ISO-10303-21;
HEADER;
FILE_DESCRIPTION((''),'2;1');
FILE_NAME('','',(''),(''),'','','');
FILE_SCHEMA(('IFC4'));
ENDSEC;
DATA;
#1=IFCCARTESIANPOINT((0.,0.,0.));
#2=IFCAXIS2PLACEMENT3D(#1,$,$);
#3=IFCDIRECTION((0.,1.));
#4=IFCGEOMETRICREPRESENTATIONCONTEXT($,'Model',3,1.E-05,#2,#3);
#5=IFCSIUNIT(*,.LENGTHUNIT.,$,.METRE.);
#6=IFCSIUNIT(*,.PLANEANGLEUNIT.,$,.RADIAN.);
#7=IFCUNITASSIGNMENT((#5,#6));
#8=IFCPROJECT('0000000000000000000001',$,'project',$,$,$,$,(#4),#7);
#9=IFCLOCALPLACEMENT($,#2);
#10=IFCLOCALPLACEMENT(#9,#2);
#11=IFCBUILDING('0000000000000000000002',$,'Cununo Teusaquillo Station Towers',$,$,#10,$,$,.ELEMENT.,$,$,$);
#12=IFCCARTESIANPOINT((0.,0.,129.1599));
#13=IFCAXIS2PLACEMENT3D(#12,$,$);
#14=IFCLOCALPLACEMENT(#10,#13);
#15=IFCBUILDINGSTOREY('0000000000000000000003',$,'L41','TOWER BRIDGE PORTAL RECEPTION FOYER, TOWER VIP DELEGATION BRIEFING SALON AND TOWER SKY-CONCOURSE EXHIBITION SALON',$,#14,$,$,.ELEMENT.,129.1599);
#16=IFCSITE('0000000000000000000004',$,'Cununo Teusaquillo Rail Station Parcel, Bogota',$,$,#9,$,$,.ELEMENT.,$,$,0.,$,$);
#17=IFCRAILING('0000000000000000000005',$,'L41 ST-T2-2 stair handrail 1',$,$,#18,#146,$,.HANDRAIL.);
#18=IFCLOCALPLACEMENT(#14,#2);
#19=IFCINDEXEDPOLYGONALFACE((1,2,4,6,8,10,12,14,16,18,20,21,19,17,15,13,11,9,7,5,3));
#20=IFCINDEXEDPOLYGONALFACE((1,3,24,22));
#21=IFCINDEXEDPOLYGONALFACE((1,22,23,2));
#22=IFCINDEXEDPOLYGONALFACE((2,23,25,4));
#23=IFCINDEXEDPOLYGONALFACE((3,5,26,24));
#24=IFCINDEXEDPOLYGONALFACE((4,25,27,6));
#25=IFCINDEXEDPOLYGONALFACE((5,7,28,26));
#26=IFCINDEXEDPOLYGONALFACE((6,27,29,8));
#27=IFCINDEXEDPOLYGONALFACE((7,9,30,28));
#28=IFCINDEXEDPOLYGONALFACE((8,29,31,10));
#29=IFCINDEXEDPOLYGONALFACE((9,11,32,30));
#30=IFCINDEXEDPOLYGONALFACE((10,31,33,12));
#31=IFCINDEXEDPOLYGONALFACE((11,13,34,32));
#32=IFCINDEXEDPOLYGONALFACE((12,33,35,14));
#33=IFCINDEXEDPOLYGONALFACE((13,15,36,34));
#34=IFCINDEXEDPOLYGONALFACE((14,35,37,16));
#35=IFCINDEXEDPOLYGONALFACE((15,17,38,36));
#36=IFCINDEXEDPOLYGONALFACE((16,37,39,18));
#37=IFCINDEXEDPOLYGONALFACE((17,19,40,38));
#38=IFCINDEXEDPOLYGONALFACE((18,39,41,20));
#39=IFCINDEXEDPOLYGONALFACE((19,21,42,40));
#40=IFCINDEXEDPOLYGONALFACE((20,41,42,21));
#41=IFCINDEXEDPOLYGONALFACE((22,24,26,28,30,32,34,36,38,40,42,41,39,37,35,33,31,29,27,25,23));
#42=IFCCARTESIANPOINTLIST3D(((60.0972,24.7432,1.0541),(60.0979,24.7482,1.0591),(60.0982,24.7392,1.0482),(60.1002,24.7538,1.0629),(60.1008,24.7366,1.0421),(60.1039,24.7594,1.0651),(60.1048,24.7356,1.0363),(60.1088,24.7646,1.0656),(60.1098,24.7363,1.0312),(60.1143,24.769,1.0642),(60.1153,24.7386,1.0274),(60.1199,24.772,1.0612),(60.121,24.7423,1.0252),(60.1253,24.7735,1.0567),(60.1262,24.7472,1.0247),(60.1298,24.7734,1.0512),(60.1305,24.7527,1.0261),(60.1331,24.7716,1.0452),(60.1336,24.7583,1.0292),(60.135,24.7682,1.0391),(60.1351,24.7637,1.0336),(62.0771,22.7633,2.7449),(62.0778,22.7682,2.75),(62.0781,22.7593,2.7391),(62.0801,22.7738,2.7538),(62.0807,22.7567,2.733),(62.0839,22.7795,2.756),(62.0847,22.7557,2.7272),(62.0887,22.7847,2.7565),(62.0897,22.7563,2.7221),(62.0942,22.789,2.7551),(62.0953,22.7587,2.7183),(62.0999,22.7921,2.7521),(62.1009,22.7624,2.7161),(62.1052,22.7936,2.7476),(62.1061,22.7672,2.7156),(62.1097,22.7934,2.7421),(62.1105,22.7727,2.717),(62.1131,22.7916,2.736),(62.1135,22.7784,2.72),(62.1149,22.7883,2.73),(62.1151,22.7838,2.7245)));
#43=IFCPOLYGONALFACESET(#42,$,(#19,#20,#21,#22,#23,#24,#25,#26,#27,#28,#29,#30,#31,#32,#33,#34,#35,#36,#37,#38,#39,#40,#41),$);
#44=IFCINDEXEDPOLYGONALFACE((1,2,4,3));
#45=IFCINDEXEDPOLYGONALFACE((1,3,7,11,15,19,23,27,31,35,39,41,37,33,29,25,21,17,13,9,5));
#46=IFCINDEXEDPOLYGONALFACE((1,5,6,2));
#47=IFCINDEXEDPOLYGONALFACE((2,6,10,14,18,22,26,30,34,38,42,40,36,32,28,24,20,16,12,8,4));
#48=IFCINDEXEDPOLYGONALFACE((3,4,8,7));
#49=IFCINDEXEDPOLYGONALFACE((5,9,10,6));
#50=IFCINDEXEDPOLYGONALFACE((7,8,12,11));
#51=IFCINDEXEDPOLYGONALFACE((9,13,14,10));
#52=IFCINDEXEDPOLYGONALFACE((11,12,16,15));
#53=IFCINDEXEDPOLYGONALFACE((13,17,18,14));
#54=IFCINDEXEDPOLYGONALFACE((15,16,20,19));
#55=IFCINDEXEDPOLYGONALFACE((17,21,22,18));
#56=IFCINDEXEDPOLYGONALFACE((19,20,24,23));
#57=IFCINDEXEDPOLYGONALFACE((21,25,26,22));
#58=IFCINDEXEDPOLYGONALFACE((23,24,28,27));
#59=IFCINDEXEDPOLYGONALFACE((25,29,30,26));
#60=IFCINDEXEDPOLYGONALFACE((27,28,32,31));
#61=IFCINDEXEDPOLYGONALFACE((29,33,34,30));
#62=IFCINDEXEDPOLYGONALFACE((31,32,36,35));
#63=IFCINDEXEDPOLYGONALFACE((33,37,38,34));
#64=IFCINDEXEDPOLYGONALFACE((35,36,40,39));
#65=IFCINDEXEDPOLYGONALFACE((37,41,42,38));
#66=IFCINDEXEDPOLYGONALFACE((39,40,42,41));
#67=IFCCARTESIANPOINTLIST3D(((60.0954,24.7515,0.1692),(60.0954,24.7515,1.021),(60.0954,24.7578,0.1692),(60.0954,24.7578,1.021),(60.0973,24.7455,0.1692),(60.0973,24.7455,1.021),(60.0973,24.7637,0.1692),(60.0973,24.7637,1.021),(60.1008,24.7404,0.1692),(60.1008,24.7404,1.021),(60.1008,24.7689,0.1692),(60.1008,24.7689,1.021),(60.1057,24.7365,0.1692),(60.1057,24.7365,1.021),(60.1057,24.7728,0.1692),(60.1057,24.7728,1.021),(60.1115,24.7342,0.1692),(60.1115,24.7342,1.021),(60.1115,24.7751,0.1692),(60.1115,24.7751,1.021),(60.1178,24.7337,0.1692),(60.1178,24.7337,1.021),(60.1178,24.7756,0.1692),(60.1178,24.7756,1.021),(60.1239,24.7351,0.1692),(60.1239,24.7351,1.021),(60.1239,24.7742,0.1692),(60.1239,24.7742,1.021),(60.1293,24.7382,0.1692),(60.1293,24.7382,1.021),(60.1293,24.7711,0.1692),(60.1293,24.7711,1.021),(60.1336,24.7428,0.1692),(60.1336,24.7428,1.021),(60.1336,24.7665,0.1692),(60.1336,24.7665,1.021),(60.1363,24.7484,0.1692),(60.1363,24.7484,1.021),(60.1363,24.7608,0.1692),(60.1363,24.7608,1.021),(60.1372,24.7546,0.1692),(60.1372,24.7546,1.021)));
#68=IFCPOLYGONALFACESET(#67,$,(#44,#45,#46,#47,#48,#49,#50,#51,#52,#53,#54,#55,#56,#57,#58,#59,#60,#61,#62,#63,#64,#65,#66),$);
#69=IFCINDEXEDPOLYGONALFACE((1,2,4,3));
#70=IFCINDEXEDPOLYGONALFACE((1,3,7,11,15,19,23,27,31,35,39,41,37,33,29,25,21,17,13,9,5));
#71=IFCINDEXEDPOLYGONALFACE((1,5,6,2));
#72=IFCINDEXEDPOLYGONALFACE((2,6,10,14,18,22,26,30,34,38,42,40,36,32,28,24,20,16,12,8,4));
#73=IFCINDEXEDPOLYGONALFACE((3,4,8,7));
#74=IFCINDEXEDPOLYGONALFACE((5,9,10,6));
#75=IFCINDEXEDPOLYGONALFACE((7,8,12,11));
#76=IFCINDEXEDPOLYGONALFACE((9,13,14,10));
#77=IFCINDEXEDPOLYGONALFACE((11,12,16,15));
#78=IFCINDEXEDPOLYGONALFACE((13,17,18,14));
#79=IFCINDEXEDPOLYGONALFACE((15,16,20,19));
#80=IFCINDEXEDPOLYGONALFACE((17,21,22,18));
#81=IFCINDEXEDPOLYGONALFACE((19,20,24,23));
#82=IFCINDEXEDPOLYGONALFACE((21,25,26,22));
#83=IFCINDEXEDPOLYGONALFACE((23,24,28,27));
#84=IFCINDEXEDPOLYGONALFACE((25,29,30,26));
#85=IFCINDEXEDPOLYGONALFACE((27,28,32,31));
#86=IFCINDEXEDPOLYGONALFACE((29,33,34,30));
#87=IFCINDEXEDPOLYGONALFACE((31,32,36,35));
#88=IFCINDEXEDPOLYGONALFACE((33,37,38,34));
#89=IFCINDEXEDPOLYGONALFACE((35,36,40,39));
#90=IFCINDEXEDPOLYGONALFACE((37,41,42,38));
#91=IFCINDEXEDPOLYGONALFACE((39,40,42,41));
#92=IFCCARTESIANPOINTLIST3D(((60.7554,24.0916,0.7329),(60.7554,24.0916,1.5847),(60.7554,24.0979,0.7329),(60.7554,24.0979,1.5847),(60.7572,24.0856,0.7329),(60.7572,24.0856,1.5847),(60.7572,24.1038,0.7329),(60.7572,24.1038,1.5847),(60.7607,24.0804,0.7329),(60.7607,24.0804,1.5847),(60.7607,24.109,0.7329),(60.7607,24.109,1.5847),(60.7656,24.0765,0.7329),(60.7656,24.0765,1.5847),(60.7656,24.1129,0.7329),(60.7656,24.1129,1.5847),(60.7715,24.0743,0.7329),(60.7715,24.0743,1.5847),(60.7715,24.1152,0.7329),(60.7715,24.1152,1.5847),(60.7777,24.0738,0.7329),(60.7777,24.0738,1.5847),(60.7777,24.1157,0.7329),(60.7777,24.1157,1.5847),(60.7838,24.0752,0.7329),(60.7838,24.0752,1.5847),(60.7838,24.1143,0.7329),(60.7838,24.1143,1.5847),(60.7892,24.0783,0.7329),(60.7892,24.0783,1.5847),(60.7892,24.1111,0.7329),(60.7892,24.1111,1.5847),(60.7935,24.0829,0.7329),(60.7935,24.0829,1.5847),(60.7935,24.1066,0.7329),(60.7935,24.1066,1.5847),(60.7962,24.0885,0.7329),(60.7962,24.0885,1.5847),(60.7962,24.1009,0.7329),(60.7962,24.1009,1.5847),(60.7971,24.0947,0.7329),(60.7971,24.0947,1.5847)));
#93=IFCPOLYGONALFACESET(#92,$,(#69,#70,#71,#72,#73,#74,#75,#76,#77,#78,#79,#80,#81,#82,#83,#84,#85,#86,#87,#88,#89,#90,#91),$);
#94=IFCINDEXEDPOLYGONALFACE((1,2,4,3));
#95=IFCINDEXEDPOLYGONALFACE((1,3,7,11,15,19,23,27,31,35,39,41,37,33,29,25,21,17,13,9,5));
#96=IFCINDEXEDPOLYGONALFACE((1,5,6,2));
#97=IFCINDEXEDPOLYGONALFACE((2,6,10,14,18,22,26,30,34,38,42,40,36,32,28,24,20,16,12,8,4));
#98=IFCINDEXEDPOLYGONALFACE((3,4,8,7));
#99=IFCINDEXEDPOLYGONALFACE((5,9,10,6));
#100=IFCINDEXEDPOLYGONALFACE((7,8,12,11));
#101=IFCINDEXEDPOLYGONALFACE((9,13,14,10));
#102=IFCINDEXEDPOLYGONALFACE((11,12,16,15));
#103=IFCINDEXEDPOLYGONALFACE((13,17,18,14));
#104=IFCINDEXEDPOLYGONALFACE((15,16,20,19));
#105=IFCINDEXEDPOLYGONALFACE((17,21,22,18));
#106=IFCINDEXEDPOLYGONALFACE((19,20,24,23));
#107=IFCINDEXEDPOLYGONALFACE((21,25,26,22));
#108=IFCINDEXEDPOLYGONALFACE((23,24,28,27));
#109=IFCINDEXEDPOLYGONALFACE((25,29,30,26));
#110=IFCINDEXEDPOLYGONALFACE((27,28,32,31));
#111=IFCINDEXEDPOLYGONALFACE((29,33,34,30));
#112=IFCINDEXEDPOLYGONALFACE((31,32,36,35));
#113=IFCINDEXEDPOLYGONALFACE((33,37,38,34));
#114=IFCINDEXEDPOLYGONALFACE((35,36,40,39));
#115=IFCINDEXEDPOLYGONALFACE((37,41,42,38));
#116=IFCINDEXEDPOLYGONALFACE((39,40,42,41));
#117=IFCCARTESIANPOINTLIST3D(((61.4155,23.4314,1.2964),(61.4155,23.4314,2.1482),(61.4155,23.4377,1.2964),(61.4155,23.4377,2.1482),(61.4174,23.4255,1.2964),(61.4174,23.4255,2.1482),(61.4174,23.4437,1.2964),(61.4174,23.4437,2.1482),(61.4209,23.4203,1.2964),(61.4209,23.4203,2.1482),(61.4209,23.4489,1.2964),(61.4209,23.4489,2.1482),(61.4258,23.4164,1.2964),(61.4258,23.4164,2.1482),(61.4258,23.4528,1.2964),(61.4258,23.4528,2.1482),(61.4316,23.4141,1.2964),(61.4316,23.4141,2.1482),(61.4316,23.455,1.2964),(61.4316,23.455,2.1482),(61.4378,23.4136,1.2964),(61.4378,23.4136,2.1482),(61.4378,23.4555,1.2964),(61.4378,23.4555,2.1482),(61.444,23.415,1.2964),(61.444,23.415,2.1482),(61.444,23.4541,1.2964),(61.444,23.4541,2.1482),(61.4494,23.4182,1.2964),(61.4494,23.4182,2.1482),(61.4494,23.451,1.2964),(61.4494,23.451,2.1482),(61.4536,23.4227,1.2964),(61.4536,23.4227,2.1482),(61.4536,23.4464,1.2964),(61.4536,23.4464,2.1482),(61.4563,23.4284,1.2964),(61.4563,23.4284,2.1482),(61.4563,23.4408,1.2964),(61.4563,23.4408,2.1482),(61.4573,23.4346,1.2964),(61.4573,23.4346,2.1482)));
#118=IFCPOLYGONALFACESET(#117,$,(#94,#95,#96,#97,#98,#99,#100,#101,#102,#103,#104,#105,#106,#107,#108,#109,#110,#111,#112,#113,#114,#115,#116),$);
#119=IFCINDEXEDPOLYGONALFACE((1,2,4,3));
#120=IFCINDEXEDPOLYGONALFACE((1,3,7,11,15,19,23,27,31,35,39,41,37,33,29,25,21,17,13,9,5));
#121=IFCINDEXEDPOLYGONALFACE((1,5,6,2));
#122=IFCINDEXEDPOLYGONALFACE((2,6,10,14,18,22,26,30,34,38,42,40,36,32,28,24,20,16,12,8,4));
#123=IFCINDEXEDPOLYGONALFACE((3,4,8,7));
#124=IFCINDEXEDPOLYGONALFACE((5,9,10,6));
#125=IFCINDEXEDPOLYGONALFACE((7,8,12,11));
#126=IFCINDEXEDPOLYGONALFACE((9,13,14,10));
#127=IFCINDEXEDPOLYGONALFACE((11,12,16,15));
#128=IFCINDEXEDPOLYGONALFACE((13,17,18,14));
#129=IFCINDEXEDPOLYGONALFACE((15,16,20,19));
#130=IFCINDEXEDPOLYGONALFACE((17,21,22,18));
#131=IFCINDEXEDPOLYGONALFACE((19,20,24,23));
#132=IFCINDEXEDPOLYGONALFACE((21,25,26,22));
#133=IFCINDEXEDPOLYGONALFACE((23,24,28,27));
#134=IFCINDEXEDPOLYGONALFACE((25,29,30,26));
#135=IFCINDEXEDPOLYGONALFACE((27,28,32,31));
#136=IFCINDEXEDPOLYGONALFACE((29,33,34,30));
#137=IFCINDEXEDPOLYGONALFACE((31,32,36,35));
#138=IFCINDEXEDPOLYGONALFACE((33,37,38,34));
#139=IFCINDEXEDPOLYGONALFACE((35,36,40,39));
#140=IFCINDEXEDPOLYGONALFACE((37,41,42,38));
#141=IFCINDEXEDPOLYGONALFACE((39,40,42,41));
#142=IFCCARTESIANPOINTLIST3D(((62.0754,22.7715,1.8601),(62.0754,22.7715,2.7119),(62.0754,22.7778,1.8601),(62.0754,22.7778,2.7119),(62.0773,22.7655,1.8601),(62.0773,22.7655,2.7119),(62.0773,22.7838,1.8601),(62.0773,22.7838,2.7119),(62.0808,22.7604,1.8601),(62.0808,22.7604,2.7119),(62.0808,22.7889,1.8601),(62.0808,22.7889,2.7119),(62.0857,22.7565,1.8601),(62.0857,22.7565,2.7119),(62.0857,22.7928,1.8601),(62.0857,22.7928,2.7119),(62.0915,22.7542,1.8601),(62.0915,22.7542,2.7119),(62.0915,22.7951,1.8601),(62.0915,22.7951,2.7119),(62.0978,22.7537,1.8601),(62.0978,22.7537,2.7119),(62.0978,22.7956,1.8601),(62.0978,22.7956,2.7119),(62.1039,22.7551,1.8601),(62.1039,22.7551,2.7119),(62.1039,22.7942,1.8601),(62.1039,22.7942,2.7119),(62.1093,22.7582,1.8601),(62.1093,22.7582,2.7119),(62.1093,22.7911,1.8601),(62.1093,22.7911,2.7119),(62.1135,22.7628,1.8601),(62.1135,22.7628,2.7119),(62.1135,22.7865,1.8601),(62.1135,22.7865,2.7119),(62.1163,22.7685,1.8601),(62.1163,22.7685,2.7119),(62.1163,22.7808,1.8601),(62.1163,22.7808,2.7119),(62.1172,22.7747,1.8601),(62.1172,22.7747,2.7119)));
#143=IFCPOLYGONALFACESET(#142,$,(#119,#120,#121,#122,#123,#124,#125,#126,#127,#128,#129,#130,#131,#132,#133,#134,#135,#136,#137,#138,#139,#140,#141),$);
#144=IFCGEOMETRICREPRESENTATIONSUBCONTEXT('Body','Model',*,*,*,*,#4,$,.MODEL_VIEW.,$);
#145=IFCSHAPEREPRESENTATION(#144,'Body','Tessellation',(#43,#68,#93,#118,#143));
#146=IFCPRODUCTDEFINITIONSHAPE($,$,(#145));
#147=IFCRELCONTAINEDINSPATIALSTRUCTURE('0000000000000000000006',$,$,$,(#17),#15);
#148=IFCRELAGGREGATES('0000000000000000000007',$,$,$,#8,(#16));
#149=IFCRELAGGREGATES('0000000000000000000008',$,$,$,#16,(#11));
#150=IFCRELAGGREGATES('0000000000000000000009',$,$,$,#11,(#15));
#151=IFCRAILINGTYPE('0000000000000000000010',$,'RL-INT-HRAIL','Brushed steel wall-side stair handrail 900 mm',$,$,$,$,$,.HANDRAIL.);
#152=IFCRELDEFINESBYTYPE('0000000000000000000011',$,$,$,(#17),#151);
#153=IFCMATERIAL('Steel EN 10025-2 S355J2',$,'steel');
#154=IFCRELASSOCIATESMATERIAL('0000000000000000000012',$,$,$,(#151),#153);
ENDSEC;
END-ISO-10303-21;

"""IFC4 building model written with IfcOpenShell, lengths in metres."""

from ifc_helpers import new_model, si_unit, direction, frame, origin, origin_2d, place, context, subcontext, project, spatial, circle, extrude, material, type_object, element, save


model = new_model("IFC4")

# Units and contexts
model_context = context("Model", 3, precision=1e-05, world=origin(), true_north=direction((0.0, 1.0)))
body_context = subcontext(model_context, "Body", "Model", "MODEL_VIEW")
ifc_project = project(units=[si_unit("LENGTHUNIT", "METRE"), si_unit("PLANEANGLEUNIT", "RADIAN")], contexts=[model_context])

# Site, building, storey
site_placement = place(None, origin())
site = spatial("IfcSite", under=ifc_project, at=site_placement, Name="Cununo Teusaquillo Rail Station Parcel, Bogota", CompositionType="ELEMENT", RefElevation=0.0)
building_placement = place(site_placement, origin())
building = spatial("IfcBuilding", under=site, at=building_placement, Name="Cununo Teusaquillo Station Towers", CompositionType="ELEMENT")
storey_placement = place(building_placement, frame((0.0, 0.0, 129.1599)))
storey = spatial("IfcBuildingStorey", under=building, at=storey_placement, Name="L41", Description="TOWER BRIDGE PORTAL RECEPTION FOYER, TOWER VIP DELEGATION BRIEFING SALON AND TOWER SKY-CONCOURSE EXHIBITION SALON", CompositionType="ELEMENT", Elevation=129.1599)

# Railing
ifc_material_1 = material(Name="Steel EN 10025-2 S355J2", Category="steel")
railing_type_1 = type_object("IfcRailingType", Name="RL-INT-HRAIL", Description="Brushed steel wall-side stair handrail 900 mm", PredefinedType="HANDRAIL", material=ifc_material_1)
railing_1_placement = place(storey_placement, frame((60.1162, 24.7546, 0.1692)))
element("IfcRailing", 1, at=railing_1_placement, inside=storey, type_object=railing_type_1, Name="L41 ST-T2-2 stair handrail 1", PredefinedType="HANDRAIL", context=body_context, shape_type="SweptSolid", body=[
    extrude(circle(Radius=0.0239, at=origin_2d()), frame((0.0, 0.0, 0.876), z_axis=(0.605302, -0.605302, 0.516932), x_axis=(0.707107, 0.707107, 0.0)), (0.0, 0.0, 1.0), 3.271),
    extrude(circle(Radius=0.021, at=origin_2d()), origin(), (0.0, 0.0, 1.0), 0.8518),
    extrude(circle(Radius=0.021, at=origin_2d()), frame((0.6599, -0.6599, 0.5637)), (0.0, 0.0, 1.0), 0.8518),
    extrude(circle(Radius=0.021, at=origin_2d()), frame((1.3201, -1.3201, 1.1272)), (0.0, 0.0, 1.0), 0.8518),
    extrude(circle(Radius=0.021, at=origin_2d()), frame((1.98, -1.98, 1.6909)), (0.0, 0.0, 1.0), 0.8518),
])

save(model, "model.ifc")
